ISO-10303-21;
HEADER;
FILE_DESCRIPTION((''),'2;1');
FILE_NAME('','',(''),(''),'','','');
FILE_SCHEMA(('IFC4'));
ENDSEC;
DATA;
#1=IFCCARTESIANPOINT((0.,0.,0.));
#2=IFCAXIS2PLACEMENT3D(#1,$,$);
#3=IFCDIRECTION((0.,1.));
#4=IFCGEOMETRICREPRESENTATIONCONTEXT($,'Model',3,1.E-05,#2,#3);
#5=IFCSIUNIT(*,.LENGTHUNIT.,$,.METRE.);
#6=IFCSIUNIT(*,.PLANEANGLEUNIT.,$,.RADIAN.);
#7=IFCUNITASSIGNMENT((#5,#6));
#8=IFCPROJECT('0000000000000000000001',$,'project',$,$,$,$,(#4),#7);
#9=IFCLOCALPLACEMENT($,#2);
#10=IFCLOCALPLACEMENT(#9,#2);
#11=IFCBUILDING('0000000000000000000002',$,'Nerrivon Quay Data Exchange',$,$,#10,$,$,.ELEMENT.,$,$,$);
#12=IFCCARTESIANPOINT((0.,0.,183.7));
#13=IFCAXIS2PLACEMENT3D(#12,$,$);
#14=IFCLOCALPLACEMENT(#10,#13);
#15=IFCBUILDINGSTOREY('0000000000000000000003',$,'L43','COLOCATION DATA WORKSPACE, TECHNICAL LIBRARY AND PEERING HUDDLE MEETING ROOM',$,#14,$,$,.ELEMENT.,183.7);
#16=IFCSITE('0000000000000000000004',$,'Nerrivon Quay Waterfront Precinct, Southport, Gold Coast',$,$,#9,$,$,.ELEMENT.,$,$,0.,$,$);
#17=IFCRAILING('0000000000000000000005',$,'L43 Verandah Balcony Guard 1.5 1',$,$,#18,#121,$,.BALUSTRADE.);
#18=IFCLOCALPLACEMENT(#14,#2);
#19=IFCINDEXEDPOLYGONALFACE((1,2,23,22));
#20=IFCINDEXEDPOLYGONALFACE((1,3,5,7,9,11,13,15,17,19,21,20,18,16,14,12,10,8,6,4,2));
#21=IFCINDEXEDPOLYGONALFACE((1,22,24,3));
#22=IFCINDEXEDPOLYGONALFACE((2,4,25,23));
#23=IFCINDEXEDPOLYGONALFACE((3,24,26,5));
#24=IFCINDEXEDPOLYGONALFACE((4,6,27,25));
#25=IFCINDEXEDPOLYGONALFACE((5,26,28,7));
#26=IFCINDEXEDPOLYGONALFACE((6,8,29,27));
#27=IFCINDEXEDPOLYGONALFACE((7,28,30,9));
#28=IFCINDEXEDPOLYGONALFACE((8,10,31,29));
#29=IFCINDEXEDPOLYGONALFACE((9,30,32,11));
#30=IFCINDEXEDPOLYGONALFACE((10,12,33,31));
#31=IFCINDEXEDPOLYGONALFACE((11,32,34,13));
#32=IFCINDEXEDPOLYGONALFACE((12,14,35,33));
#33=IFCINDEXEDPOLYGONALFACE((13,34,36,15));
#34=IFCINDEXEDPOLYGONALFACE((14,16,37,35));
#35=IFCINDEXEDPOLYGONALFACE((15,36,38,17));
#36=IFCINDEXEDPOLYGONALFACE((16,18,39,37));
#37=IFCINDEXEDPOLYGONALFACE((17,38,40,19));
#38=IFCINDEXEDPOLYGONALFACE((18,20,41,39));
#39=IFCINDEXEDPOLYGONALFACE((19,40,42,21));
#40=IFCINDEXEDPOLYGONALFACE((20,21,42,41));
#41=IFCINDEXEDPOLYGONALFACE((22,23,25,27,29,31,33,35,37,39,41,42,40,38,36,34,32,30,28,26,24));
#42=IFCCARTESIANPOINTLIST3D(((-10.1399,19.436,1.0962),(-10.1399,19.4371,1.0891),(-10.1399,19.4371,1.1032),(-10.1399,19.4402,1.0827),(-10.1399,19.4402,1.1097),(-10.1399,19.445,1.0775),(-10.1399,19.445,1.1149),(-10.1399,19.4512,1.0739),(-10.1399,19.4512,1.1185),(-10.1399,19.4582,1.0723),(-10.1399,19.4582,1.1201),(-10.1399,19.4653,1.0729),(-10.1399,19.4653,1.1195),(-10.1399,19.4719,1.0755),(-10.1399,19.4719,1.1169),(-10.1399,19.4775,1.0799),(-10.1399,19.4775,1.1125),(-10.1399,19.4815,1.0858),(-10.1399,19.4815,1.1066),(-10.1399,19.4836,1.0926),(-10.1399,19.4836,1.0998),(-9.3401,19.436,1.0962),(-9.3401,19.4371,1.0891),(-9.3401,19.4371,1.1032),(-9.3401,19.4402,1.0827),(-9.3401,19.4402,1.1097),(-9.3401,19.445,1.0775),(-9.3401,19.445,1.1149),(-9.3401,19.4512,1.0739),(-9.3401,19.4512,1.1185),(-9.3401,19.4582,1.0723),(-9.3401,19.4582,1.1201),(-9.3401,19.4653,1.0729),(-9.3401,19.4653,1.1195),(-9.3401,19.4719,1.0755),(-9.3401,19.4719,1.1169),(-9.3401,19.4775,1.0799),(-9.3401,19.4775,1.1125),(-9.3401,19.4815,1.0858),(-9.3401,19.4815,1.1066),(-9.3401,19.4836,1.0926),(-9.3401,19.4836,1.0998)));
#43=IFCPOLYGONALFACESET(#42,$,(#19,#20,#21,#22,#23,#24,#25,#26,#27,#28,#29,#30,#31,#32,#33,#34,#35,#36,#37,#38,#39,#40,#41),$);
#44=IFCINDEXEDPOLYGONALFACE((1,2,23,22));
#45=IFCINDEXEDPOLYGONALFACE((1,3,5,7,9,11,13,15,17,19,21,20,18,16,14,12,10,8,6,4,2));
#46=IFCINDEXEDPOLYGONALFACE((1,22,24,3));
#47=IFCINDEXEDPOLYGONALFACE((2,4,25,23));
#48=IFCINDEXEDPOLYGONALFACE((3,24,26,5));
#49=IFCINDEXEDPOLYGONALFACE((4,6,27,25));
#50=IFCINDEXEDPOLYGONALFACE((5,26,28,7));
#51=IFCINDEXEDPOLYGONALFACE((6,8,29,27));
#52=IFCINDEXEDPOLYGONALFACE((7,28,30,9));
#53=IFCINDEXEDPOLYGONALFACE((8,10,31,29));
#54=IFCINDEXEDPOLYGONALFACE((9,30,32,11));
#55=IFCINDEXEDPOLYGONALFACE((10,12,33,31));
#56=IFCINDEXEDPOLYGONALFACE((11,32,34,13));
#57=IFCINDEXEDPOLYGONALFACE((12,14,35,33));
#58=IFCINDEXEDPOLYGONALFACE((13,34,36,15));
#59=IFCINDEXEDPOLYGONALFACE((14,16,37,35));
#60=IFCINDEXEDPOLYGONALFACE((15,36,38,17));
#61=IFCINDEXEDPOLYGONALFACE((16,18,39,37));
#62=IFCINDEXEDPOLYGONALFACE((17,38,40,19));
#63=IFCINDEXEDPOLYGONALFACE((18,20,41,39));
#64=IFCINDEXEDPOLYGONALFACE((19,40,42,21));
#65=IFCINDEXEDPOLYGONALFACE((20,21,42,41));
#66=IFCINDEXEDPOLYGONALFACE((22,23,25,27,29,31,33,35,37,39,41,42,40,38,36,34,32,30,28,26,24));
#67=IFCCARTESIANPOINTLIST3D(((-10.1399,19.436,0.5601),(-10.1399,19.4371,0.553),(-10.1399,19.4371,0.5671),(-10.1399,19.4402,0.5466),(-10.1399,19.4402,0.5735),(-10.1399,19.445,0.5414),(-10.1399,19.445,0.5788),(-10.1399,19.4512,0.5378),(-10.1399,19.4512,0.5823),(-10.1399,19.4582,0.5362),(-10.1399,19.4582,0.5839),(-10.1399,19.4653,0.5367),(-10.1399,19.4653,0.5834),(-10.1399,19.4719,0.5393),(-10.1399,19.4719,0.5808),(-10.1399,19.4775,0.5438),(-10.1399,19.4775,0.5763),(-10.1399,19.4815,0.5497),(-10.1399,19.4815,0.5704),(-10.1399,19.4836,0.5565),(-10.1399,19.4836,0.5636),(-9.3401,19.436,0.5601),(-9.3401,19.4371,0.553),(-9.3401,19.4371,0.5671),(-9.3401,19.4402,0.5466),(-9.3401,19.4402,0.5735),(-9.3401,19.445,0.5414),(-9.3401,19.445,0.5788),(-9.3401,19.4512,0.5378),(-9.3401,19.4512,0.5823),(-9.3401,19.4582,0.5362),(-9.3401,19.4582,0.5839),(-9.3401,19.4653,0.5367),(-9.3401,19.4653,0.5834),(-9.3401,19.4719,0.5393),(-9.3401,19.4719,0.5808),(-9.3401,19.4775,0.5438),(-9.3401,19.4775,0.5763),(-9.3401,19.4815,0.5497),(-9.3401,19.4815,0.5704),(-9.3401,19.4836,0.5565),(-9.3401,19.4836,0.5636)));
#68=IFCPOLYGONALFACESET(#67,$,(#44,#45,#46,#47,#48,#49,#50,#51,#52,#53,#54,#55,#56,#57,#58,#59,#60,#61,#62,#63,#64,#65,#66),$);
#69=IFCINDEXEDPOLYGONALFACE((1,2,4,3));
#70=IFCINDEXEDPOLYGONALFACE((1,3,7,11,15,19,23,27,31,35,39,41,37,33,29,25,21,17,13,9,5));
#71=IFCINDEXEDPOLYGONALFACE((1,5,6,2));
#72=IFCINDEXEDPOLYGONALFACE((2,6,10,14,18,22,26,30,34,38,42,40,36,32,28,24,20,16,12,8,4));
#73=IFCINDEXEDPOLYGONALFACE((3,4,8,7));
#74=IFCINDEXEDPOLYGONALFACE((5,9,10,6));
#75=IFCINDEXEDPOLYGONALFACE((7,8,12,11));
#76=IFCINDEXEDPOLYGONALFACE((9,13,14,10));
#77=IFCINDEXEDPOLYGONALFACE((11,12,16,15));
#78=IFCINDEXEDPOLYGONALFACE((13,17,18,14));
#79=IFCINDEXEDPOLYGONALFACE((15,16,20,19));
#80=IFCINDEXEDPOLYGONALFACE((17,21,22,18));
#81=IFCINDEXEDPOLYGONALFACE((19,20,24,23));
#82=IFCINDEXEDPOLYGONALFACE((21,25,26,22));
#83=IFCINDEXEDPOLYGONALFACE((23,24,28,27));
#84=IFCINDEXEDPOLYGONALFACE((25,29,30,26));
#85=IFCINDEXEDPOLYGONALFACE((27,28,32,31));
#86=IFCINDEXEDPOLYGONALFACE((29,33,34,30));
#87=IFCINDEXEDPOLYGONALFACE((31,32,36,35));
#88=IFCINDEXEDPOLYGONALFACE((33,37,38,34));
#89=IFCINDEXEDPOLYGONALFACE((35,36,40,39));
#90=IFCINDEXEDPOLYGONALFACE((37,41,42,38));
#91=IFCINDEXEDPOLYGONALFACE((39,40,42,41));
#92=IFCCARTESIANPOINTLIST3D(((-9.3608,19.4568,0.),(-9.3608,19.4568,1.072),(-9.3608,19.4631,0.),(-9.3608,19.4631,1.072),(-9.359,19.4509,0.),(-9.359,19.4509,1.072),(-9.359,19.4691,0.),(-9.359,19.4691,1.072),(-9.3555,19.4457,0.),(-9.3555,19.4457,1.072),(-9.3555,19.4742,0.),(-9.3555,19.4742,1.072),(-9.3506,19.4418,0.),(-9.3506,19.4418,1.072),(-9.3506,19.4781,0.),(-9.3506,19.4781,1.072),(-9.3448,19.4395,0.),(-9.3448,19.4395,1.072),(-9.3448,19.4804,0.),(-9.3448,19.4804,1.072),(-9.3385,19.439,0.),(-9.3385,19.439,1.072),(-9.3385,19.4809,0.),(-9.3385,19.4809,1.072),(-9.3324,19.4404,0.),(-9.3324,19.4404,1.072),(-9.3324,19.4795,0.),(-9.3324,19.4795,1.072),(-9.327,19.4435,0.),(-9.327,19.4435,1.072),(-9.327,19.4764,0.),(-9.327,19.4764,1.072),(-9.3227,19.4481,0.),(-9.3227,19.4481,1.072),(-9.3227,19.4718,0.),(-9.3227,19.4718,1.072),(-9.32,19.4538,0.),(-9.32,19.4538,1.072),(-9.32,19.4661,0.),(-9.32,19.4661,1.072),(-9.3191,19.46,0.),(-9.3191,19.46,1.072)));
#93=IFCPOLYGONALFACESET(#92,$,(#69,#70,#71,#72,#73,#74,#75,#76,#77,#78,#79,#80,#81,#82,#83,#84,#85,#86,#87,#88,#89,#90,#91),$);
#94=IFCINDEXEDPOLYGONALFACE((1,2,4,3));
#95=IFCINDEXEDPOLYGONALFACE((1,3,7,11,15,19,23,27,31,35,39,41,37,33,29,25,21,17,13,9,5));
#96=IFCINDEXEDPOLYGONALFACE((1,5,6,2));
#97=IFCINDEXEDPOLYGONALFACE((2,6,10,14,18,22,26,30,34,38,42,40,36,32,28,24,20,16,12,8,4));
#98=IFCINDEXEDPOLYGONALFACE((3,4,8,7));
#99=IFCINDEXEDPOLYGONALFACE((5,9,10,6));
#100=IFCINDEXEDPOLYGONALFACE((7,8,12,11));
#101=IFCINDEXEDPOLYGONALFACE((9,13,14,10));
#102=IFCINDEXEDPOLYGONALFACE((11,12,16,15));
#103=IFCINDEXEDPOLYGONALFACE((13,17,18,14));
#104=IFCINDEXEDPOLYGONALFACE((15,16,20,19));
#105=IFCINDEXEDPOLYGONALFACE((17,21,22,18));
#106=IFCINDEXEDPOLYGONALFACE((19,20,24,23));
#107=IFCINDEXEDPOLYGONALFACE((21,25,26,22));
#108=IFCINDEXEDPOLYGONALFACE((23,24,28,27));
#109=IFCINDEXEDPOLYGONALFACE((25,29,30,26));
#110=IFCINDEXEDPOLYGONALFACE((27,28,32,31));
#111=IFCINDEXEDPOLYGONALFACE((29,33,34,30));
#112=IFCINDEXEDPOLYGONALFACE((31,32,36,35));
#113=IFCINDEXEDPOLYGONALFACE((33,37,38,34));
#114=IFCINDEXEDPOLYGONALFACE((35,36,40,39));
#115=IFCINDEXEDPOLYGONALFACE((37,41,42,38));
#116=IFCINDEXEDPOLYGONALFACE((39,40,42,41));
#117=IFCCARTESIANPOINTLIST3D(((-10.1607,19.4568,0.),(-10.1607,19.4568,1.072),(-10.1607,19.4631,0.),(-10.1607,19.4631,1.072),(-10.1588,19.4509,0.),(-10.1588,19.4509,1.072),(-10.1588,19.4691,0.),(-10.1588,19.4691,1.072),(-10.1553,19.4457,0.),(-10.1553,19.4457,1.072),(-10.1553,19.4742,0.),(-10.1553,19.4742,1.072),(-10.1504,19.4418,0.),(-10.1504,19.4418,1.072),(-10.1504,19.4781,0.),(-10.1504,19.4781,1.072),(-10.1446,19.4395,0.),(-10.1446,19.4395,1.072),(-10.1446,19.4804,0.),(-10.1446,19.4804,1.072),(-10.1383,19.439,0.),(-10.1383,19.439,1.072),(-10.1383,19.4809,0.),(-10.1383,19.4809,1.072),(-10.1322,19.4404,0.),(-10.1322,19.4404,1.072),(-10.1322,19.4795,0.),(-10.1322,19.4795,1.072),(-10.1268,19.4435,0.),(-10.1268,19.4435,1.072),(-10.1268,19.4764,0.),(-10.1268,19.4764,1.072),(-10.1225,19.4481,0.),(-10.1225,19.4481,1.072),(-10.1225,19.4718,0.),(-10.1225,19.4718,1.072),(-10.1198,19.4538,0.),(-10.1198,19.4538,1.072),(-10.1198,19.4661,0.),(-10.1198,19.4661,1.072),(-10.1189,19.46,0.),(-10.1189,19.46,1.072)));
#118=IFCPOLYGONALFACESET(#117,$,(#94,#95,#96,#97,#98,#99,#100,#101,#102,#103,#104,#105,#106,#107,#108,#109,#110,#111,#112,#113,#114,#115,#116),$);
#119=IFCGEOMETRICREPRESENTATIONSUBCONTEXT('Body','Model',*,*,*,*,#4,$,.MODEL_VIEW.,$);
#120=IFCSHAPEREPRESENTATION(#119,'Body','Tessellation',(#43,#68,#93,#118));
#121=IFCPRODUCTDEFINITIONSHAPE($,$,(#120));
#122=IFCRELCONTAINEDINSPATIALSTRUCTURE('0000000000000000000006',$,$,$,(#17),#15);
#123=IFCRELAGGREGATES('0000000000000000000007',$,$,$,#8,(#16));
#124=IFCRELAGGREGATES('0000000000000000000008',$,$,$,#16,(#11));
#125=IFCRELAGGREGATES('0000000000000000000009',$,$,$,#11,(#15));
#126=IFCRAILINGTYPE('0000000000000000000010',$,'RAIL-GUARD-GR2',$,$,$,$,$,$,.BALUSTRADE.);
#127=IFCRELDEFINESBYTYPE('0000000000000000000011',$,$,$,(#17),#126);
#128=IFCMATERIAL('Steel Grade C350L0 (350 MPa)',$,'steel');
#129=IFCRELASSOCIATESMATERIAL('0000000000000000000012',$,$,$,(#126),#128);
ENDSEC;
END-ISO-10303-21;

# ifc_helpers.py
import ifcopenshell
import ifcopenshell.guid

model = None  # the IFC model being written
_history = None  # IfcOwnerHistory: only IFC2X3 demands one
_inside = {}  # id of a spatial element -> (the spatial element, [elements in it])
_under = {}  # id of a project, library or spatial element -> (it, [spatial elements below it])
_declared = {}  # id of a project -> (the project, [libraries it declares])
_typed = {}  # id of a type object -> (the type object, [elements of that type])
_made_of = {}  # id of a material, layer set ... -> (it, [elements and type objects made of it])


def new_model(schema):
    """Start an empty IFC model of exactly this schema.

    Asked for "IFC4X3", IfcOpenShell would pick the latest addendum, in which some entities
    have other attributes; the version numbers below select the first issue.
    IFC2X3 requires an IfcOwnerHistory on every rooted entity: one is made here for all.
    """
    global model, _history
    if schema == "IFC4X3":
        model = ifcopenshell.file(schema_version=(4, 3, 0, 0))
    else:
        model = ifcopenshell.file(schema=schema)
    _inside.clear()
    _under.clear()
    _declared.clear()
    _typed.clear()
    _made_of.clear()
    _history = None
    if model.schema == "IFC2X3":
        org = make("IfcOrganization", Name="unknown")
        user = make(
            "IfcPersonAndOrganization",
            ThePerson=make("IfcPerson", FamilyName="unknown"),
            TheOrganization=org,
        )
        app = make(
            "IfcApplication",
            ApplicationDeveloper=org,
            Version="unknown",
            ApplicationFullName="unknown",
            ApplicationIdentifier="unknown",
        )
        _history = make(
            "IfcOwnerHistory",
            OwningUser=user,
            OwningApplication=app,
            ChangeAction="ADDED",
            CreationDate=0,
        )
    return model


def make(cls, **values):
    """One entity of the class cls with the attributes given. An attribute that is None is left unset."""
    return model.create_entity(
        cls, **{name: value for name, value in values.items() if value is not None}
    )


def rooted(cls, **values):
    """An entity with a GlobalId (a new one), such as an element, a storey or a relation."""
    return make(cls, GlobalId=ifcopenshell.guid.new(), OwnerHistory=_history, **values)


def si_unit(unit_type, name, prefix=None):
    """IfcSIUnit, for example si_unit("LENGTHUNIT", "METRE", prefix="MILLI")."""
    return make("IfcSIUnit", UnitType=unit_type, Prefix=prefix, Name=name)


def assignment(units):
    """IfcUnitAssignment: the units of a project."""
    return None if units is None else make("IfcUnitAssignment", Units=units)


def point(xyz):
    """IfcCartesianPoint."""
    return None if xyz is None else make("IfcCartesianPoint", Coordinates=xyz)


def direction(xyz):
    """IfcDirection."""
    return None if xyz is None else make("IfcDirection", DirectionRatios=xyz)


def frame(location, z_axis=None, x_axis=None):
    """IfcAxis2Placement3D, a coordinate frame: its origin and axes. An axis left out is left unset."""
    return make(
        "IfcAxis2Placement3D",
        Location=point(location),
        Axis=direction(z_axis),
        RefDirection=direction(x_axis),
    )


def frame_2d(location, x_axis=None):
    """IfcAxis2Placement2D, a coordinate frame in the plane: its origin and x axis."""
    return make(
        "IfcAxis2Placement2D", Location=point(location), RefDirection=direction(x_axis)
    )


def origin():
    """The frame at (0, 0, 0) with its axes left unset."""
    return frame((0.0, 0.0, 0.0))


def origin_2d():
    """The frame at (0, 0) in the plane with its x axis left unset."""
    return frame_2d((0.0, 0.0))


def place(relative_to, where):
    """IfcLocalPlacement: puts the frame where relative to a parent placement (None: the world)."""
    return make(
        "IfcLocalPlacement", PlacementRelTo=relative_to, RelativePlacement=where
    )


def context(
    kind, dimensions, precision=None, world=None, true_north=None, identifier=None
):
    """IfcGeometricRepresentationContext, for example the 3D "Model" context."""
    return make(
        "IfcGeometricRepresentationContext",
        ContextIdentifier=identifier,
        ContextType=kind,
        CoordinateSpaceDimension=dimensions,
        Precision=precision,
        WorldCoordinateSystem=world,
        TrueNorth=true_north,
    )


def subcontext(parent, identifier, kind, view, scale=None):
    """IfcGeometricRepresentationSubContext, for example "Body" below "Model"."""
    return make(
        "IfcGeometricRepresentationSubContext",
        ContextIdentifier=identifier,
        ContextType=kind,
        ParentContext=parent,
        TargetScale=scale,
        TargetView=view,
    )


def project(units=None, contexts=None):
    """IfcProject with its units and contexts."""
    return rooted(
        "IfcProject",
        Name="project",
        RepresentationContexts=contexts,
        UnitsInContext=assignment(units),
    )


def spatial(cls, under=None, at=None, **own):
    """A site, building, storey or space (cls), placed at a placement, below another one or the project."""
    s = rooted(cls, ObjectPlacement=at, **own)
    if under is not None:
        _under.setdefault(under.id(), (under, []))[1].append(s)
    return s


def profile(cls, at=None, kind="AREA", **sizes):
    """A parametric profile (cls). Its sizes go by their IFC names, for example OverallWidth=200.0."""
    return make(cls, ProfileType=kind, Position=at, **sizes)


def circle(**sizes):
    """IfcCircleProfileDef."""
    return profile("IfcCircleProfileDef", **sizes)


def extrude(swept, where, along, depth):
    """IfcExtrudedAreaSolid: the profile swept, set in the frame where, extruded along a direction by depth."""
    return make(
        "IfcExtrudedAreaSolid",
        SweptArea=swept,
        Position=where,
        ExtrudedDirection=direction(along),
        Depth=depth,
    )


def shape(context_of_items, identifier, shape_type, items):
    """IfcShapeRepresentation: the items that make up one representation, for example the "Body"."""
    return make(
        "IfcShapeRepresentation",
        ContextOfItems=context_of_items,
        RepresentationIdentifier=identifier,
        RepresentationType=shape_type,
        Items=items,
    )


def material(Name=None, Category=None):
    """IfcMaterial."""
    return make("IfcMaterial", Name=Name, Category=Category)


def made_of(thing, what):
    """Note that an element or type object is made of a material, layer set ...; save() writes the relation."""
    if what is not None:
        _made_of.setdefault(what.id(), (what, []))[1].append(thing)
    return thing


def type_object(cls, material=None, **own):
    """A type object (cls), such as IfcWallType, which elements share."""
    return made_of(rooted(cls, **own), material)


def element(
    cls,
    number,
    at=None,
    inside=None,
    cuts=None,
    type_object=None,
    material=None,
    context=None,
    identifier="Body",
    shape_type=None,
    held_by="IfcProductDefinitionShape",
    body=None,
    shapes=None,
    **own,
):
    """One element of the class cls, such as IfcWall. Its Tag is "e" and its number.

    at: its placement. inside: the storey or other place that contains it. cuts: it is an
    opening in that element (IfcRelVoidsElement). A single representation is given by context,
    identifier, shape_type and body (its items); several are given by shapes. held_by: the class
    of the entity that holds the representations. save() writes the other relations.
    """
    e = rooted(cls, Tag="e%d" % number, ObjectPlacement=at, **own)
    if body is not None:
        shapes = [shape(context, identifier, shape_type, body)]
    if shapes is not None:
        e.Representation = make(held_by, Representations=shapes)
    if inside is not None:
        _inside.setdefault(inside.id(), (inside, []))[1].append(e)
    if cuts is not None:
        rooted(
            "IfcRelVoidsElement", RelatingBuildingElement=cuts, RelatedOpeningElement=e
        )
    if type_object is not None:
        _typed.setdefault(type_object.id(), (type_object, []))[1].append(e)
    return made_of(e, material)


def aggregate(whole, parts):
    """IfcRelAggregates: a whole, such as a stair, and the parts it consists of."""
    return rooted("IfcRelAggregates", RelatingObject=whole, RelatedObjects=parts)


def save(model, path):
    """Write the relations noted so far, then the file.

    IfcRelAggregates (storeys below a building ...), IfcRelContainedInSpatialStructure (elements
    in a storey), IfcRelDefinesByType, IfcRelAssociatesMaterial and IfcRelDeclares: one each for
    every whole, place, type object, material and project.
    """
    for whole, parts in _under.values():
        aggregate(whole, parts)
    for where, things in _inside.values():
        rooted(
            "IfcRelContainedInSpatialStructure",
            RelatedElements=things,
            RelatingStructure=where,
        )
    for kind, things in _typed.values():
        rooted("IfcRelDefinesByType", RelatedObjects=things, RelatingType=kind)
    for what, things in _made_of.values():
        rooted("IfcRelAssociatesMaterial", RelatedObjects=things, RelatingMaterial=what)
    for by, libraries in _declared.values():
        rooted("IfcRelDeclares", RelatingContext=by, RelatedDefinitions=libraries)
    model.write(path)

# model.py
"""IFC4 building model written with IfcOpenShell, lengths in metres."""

from ifc_helpers import new_model, si_unit, direction, frame, origin, origin_2d, place, context, subcontext, project, spatial, circle, extrude, material, type_object, element, save


model = new_model("IFC4")

# Units and contexts
model_context = context("Model", 3, precision=1e-05, world=origin(), true_north=direction((0.0, 1.0)))
body_context = subcontext(model_context, "Body", "Model", "MODEL_VIEW")
ifc_project = project(units=[si_unit("LENGTHUNIT", "METRE"), si_unit("PLANEANGLEUNIT", "RADIAN")], contexts=[model_context])

# Site, building, storey
site_placement = place(None, origin())
site = spatial("IfcSite", under=ifc_project, at=site_placement, Name="Nerrivon Quay Waterfront Precinct, Southport, Gold Coast", CompositionType="ELEMENT", RefElevation=0.0)
building_placement = place(site_placement, origin())
building = spatial("IfcBuilding", under=site, at=building_placement, Name="Nerrivon Quay Data Exchange", CompositionType="ELEMENT")
storey_placement = place(building_placement, frame((0.0, 0.0, 183.7)))
storey = spatial("IfcBuildingStorey", under=building, at=storey_placement, Name="L43", Description="COLOCATION DATA WORKSPACE, TECHNICAL LIBRARY AND PEERING HUDDLE MEETING ROOM", CompositionType="ELEMENT", Elevation=183.7)

# Railing
ifc_material_1 = material(Name="Steel Grade C350L0 (350 MPa)", Category="steel")
railing_type = type_object("IfcRailingType", Name="RAIL-GUARD-GR2", PredefinedType="BALUSTRADE", material=ifc_material_1)
railing_1_placement = place(storey_placement, frame((-9.3401, 19.46, 0.0)))
element("IfcRailing", 1, at=railing_1_placement, inside=storey, type_object=railing_type, Name="L43 Verandah Balcony Guard 1.5 1", PredefinedType="BALUSTRADE", context=body_context, shape_type="SweptSolid", body=[
    extrude(circle(Radius=0.0239, at=origin_2d()), frame((0.0, 0.0, 1.0962), z_axis=(-1.0, 0.0, 0.0), x_axis=(0.0, -1.0, 0.0)), (0.0, 0.0, 1.0), 0.7998),
    extrude(circle(Radius=0.0239, at=origin_2d()), frame((0.0, 0.0, 0.5601), z_axis=(-1.0, 0.0, 0.0), x_axis=(0.0, -1.0, 0.0)), (0.0, 0.0, 1.0), 0.7998),
    extrude(circle(Radius=0.021, at=origin_2d()), origin(), (0.0, 0.0, 1.0), 1.072),
    extrude(circle(Radius=0.021, at=origin_2d()), frame((-0.7998, 0.0, 0.0)), (0.0, 0.0, 1.0), 1.072),
])

save(model, "model.ifc")
